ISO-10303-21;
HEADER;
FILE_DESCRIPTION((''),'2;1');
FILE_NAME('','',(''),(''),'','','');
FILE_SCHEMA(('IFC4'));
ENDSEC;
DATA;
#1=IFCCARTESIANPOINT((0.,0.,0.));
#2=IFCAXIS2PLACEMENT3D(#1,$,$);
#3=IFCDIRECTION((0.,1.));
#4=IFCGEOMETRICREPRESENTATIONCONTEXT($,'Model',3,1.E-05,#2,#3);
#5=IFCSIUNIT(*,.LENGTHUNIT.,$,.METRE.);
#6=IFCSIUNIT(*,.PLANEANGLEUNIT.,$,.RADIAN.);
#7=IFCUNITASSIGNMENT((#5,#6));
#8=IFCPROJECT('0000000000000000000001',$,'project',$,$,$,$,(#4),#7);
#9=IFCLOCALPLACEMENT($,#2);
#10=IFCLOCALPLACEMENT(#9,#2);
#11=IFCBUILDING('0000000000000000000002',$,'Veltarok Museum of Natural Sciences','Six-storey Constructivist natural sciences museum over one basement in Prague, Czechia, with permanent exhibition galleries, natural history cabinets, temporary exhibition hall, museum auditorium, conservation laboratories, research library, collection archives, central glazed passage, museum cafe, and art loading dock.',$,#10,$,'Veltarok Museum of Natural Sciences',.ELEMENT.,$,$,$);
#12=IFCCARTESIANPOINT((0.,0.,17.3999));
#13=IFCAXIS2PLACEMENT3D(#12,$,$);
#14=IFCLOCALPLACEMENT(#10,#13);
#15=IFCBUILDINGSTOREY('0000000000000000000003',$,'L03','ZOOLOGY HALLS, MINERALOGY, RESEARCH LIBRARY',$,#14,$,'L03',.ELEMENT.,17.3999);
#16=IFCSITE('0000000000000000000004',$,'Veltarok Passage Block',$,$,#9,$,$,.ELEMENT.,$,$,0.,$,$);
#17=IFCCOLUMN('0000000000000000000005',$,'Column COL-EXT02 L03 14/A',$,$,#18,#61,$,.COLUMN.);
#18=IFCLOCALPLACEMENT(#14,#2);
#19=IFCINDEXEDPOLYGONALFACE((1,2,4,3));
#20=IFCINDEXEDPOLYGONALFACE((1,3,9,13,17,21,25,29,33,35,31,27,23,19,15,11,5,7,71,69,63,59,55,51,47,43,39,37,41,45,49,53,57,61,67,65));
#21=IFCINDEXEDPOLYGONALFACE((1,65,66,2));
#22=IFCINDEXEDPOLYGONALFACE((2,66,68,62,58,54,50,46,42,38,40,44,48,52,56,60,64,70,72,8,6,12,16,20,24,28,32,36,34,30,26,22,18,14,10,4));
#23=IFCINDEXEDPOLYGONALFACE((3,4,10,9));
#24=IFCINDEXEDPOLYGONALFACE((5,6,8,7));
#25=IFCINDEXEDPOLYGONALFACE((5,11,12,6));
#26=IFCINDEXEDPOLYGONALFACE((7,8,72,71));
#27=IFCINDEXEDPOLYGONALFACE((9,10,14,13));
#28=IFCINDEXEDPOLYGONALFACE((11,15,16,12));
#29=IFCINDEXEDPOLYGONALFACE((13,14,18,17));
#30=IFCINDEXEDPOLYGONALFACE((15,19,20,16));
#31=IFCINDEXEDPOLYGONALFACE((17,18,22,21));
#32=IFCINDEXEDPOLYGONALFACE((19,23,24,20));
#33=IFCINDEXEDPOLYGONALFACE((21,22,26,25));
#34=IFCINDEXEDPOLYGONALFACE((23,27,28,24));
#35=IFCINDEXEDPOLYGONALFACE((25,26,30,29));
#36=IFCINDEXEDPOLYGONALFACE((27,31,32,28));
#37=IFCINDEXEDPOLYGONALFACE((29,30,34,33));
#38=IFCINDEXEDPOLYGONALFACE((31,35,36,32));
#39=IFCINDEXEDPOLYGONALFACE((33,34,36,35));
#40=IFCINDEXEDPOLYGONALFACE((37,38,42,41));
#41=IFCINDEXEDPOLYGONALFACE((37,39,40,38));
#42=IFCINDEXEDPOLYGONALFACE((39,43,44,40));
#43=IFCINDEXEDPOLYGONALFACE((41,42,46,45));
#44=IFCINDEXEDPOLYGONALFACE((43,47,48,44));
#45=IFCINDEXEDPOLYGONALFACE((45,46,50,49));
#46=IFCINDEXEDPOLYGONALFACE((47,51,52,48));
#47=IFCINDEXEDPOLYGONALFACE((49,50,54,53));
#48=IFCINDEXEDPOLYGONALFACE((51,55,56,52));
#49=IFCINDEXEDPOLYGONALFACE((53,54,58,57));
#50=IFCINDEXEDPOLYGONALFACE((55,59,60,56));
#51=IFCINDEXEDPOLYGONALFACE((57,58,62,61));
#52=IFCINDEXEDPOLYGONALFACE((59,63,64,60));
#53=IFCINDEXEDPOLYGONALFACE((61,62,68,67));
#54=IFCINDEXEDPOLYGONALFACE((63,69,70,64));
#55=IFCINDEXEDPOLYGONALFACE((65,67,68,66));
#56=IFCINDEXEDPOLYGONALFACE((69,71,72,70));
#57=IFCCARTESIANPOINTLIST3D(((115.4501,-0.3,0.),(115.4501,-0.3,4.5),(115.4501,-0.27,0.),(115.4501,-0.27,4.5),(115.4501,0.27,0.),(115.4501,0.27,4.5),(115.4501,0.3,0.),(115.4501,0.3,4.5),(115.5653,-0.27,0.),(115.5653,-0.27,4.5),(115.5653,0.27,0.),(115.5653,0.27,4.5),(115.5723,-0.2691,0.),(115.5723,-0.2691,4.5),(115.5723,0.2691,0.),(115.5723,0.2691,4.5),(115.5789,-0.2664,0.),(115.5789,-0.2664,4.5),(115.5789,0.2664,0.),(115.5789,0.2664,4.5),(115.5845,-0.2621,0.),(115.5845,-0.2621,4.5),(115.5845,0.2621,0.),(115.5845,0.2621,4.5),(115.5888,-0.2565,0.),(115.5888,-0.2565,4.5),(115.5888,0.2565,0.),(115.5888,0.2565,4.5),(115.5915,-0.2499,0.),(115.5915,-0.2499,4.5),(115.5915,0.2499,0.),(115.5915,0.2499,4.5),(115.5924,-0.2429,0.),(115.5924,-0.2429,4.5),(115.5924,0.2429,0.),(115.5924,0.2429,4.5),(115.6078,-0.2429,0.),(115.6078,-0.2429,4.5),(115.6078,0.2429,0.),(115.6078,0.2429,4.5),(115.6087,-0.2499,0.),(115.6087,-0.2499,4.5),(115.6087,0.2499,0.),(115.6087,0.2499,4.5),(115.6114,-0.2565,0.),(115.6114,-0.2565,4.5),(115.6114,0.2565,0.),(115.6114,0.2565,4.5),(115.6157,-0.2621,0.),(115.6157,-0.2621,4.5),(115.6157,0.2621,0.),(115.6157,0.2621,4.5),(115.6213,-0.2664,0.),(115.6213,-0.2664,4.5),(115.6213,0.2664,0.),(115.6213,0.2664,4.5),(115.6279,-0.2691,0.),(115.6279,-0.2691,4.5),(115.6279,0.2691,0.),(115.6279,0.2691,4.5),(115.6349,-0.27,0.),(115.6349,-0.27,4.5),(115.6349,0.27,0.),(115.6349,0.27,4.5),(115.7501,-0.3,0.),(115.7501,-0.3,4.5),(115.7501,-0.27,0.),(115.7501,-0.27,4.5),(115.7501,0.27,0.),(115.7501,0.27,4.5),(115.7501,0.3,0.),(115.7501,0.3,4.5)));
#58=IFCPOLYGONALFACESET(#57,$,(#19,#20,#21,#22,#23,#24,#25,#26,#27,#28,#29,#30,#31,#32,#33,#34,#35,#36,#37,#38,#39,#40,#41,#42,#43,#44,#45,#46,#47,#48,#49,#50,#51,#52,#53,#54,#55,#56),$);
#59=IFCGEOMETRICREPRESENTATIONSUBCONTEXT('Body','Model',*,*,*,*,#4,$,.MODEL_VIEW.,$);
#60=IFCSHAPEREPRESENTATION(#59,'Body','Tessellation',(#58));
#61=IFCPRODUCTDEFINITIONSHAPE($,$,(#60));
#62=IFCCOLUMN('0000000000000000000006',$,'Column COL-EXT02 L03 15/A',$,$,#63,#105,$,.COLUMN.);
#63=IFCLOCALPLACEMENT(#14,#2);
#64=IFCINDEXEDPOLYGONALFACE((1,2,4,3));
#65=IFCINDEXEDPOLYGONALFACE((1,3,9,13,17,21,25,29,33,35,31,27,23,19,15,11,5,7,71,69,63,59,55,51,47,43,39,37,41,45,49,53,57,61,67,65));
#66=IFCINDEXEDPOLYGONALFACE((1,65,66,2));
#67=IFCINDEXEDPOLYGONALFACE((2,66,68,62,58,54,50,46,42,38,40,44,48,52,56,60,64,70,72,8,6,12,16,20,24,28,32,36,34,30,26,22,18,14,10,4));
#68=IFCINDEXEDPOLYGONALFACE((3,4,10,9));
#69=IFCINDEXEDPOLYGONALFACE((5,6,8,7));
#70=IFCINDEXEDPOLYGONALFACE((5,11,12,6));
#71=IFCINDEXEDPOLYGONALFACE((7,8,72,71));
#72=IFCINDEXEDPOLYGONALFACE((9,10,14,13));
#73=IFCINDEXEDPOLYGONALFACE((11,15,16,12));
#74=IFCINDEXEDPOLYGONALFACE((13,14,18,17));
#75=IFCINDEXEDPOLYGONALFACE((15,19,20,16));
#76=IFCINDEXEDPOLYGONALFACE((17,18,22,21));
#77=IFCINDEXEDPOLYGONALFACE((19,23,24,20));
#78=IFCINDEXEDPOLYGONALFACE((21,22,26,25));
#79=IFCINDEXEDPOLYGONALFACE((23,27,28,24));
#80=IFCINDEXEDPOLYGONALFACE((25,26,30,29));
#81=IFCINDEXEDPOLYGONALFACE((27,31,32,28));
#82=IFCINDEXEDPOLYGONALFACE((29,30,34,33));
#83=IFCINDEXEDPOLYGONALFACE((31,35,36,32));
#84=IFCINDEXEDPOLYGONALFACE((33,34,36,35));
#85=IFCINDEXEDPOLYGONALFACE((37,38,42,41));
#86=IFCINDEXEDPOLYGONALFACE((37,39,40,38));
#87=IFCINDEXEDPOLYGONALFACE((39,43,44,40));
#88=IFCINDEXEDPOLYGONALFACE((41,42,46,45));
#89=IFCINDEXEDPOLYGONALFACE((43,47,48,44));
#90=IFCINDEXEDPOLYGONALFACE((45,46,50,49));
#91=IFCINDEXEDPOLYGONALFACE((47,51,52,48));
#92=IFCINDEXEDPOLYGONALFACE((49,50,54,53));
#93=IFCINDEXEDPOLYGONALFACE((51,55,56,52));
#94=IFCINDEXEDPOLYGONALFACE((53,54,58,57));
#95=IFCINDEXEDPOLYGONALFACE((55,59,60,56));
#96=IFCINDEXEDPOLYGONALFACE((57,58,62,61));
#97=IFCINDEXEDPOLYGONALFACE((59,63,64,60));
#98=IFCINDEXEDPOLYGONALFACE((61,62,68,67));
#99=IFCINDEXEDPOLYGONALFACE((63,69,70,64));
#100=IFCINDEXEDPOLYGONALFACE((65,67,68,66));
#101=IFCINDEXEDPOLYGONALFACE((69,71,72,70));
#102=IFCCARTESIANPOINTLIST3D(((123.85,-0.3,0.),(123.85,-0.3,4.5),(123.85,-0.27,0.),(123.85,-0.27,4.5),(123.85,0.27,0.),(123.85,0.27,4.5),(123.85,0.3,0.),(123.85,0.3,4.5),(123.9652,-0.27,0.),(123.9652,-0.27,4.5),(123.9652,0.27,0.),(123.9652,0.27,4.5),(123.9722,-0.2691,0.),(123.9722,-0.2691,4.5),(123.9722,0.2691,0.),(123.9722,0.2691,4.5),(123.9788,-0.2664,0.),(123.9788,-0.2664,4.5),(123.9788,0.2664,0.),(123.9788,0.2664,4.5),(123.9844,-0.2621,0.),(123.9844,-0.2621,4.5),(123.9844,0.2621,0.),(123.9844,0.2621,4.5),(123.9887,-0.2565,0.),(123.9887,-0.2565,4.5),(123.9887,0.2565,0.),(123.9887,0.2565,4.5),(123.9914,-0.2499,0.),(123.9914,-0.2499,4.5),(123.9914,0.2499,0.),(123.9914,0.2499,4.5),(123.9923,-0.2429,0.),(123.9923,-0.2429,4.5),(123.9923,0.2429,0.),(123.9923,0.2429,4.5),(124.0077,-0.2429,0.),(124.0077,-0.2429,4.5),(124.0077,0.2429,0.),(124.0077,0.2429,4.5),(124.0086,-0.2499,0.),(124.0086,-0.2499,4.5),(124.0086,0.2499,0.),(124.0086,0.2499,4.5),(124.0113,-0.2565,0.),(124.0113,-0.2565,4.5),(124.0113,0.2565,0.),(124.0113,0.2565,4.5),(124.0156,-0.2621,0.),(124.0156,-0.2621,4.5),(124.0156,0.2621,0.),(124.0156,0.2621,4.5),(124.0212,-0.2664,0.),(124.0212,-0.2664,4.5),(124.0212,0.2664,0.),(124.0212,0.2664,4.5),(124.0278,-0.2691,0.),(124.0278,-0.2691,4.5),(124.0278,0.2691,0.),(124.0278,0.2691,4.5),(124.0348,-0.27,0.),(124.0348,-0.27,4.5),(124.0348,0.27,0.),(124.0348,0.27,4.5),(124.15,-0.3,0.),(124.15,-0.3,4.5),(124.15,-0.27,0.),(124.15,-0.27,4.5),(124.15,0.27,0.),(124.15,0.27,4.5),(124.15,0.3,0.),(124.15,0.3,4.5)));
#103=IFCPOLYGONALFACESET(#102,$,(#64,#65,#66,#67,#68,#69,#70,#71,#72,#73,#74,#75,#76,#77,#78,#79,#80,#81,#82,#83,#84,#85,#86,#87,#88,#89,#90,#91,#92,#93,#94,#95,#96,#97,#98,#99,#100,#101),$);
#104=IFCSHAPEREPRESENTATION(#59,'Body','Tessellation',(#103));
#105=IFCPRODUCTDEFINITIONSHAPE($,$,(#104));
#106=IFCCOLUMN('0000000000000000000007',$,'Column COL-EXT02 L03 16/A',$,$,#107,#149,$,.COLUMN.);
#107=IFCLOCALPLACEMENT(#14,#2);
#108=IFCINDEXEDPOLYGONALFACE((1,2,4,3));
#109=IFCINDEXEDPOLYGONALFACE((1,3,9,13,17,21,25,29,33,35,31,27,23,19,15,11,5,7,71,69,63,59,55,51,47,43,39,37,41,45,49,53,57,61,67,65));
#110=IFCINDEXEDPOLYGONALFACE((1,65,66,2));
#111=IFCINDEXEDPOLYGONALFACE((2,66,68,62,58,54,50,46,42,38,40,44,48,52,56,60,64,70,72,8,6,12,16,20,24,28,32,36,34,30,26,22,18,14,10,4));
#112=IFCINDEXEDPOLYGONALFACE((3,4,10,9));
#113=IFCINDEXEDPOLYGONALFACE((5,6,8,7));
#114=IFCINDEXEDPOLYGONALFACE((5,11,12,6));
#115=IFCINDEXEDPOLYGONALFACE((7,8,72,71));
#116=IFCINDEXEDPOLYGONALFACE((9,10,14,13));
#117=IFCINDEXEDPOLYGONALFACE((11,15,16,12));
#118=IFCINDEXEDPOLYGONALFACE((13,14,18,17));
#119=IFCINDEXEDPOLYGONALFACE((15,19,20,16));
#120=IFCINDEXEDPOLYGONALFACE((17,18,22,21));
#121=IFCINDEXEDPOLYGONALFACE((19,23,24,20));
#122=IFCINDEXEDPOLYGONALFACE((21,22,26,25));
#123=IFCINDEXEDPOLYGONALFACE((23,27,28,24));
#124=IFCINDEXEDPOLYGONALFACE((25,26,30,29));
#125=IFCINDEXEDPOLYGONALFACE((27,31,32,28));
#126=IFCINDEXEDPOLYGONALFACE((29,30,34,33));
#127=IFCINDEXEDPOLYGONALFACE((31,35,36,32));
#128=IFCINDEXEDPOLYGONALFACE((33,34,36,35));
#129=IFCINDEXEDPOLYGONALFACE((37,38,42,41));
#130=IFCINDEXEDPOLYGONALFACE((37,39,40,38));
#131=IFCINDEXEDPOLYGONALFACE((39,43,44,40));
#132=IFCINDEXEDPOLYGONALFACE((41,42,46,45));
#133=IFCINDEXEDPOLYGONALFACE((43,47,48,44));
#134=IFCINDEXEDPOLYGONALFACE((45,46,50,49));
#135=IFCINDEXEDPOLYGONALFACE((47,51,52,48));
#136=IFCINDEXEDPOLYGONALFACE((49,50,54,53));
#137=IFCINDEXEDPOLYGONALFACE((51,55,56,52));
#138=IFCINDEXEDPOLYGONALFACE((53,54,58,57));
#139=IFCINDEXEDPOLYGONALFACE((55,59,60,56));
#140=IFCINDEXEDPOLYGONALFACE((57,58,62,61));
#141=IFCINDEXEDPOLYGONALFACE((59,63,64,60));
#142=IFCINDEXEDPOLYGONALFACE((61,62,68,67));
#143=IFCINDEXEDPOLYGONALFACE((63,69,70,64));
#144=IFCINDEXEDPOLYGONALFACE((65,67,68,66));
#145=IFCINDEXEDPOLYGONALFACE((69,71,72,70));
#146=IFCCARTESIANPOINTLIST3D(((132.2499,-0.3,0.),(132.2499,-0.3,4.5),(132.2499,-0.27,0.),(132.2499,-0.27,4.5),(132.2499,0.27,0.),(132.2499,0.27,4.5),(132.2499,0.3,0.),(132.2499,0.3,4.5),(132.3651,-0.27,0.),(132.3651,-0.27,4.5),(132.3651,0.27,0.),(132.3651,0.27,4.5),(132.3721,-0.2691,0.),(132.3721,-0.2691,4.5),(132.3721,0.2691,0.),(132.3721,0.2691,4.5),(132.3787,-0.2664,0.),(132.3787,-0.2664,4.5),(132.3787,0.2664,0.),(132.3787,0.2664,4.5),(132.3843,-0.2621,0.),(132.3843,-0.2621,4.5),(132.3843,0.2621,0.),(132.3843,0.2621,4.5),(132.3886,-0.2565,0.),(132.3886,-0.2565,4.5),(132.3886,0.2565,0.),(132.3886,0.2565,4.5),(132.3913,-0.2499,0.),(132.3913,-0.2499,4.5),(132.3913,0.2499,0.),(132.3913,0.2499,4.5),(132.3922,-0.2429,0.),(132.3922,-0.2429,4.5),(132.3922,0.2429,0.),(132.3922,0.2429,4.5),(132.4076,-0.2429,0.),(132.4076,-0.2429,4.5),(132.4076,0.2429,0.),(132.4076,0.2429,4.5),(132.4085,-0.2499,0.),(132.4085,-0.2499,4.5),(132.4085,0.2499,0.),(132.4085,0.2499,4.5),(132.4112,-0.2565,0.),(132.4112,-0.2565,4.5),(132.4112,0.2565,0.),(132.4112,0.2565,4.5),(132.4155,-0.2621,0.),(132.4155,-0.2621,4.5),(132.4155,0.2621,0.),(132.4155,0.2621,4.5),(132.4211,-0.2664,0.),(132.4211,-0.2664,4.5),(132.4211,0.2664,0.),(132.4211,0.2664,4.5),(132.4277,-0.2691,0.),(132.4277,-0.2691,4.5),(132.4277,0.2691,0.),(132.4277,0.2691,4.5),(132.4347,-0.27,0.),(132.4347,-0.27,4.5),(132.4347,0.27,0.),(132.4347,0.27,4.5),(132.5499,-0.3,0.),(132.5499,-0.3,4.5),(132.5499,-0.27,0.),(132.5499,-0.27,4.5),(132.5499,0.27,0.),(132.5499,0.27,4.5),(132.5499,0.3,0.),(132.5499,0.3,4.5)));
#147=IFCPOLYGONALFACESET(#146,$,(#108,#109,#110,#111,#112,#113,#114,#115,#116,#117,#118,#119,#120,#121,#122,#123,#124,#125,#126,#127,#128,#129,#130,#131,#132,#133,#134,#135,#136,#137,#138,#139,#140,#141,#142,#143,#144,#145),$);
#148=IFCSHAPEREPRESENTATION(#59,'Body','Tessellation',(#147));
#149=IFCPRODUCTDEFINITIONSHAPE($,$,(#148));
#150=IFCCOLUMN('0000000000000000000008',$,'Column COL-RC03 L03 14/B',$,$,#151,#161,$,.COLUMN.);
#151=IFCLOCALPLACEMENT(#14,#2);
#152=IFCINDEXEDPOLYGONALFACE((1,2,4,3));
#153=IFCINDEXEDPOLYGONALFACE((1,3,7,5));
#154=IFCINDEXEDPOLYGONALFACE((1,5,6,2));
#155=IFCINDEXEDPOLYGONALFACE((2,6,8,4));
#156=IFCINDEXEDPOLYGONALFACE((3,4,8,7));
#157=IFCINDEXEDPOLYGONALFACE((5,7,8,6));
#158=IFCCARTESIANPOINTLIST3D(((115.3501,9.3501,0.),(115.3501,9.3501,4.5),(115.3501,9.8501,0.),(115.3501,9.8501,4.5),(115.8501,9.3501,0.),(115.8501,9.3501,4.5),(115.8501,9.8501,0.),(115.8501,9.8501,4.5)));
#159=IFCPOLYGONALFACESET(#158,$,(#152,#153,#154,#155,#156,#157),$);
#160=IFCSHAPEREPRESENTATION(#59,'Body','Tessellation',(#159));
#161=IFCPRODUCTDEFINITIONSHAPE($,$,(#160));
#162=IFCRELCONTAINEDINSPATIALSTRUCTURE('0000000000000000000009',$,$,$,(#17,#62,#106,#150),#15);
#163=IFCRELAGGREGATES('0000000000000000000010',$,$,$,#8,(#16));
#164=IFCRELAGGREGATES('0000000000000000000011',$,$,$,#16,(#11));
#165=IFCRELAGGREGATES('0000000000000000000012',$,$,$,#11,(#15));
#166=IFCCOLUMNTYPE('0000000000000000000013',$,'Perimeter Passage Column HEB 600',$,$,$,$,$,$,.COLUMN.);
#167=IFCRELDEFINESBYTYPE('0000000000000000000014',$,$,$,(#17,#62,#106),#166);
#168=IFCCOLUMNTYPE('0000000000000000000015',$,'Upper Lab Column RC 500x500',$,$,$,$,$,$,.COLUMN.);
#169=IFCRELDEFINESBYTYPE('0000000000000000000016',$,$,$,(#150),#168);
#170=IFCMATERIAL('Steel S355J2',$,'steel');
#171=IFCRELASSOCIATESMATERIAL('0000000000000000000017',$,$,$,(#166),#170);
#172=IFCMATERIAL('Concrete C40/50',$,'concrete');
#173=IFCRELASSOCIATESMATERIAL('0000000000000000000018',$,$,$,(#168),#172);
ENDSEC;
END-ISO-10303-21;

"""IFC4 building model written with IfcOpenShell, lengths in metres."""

from ifc_helpers import new_model, si_unit, direction, frame, origin, origin_2d, place, context, subcontext, project, spatial, rectangle, i_section, extrude, material, material_profile, profile_set, type_object, element, save


model = new_model("IFC4")

# Units and contexts
model_context = context("Model", 3, precision=1e-05, world=origin(), true_north=direction((0.0, 1.0)))
body_context = subcontext(model_context, "Body", "Model", "MODEL_VIEW")
ifc_project = project(units=[si_unit("LENGTHUNIT", "METRE"), si_unit("PLANEANGLEUNIT", "RADIAN")], contexts=[model_context])

# Site, building, storey
site_placement = place(None, origin())
site = spatial("IfcSite", under=ifc_project, at=site_placement, Name="Veltarok Passage Block", CompositionType="ELEMENT", RefElevation=0.0)
building_placement = place(site_placement, origin())
building = spatial("IfcBuilding", under=site, at=building_placement, Name="Veltarok Museum of Natural Sciences", Description="Six-storey Constructivist natural sciences museum over one basement in Prague, Czechia, with permanent exhibition galleries, natural history cabinets, temporary exhibition hall, museum auditorium, conservation laboratories, research library, collection archives, central glazed passage, museum cafe, and art loading dock.", LongName="Veltarok Museum of Natural Sciences", CompositionType="ELEMENT")
storey_placement = place(building_placement, frame((0.0, 0.0, 17.3999)))
storey = spatial("IfcBuildingStorey", under=building, at=storey_placement, Name="L03", Description="ZOOLOGY HALLS, MINERALOGY, RESEARCH LIBRARY", LongName="L03", CompositionType="ELEMENT", Elevation=17.3999)

# Columns
ifc_material_1 = material(Name="Steel S355J2", Category="steel")
ifc_material_profile_1 = material_profile(ifc_material_1, i_section(OverallWidth=0.3, OverallDepth=0.6001, WebThickness=0.0154, FlangeThickness=0.03, FilletRadius=0.0271, at=origin_2d()), Name="HEB 600")
ifc_profile_set_1 = profile_set([ifc_material_profile_1], Name="Steel S355J2")
column_type_1 = type_object("IfcColumnType", Name="Perimeter Passage Column HEB 600", PredefinedType="COLUMN", material=ifc_profile_set_1)
for number, where, z_axis, x_axis, name in (
    (1, (115.6001, 0.0, 0.0), (0.0, 0.0, 1.0), (1.0, 0.0, 0.0), "Column COL-EXT02 L03 14/A"),
    (2, (124.0, 0.0, 0.0), (0.0, 0.0, 1.0), (1.0, 0.0, 0.0), "Column COL-EXT02 L03 15/A"),
    (3, (132.3999, 0.0, 0.0), (0.0, 0.0, 1.0), (1.0, 0.0, 0.0), "Column COL-EXT02 L03 16/A"),
):
    element("IfcColumn", number, at=place(storey_placement, frame(where, z_axis=z_axis, x_axis=x_axis)), inside=storey, type_object=column_type_1, Name=name, PredefinedType="COLUMN", context=body_context, shape_type="SweptSolid", body=[
        extrude(i_section(OverallWidth=0.3, OverallDepth=0.6001, WebThickness=0.0154, FlangeThickness=0.03, FilletRadius=0.0271, at=origin_2d()), origin(), (0.0, 0.0, 1.0), 4.5),
    ])
ifc_material_2 = material(Name="Concrete C40/50", Category="concrete")
ifc_material_profile_2 = material_profile(ifc_material_2, rectangle(XDim=0.5, YDim=0.5, at=origin_2d()), Name="RC 500x500")
ifc_profile_set_2 = profile_set([ifc_material_profile_2], Name="Concrete C40/50")
column_type_2 = type_object("IfcColumnType", Name="Upper Lab Column RC 500x500", PredefinedType="COLUMN", material=ifc_profile_set_2)
column_placement = place(storey_placement, frame((115.6001, 9.6001, 0.0), z_axis=(0.0, 0.0, 1.0), x_axis=(1.0, 0.0, 0.0)))
element("IfcColumn", 4, at=column_placement, inside=storey, type_object=column_type_2, Name="Column COL-RC03 L03 14/B", PredefinedType="COLUMN", context=body_context, shape_type="SweptSolid", body=[
    extrude(rectangle(XDim=0.5, YDim=0.5, at=origin_2d()), origin(), (0.0, 0.0, 1.0), 4.5),
])

save(model, "model.ifc")
